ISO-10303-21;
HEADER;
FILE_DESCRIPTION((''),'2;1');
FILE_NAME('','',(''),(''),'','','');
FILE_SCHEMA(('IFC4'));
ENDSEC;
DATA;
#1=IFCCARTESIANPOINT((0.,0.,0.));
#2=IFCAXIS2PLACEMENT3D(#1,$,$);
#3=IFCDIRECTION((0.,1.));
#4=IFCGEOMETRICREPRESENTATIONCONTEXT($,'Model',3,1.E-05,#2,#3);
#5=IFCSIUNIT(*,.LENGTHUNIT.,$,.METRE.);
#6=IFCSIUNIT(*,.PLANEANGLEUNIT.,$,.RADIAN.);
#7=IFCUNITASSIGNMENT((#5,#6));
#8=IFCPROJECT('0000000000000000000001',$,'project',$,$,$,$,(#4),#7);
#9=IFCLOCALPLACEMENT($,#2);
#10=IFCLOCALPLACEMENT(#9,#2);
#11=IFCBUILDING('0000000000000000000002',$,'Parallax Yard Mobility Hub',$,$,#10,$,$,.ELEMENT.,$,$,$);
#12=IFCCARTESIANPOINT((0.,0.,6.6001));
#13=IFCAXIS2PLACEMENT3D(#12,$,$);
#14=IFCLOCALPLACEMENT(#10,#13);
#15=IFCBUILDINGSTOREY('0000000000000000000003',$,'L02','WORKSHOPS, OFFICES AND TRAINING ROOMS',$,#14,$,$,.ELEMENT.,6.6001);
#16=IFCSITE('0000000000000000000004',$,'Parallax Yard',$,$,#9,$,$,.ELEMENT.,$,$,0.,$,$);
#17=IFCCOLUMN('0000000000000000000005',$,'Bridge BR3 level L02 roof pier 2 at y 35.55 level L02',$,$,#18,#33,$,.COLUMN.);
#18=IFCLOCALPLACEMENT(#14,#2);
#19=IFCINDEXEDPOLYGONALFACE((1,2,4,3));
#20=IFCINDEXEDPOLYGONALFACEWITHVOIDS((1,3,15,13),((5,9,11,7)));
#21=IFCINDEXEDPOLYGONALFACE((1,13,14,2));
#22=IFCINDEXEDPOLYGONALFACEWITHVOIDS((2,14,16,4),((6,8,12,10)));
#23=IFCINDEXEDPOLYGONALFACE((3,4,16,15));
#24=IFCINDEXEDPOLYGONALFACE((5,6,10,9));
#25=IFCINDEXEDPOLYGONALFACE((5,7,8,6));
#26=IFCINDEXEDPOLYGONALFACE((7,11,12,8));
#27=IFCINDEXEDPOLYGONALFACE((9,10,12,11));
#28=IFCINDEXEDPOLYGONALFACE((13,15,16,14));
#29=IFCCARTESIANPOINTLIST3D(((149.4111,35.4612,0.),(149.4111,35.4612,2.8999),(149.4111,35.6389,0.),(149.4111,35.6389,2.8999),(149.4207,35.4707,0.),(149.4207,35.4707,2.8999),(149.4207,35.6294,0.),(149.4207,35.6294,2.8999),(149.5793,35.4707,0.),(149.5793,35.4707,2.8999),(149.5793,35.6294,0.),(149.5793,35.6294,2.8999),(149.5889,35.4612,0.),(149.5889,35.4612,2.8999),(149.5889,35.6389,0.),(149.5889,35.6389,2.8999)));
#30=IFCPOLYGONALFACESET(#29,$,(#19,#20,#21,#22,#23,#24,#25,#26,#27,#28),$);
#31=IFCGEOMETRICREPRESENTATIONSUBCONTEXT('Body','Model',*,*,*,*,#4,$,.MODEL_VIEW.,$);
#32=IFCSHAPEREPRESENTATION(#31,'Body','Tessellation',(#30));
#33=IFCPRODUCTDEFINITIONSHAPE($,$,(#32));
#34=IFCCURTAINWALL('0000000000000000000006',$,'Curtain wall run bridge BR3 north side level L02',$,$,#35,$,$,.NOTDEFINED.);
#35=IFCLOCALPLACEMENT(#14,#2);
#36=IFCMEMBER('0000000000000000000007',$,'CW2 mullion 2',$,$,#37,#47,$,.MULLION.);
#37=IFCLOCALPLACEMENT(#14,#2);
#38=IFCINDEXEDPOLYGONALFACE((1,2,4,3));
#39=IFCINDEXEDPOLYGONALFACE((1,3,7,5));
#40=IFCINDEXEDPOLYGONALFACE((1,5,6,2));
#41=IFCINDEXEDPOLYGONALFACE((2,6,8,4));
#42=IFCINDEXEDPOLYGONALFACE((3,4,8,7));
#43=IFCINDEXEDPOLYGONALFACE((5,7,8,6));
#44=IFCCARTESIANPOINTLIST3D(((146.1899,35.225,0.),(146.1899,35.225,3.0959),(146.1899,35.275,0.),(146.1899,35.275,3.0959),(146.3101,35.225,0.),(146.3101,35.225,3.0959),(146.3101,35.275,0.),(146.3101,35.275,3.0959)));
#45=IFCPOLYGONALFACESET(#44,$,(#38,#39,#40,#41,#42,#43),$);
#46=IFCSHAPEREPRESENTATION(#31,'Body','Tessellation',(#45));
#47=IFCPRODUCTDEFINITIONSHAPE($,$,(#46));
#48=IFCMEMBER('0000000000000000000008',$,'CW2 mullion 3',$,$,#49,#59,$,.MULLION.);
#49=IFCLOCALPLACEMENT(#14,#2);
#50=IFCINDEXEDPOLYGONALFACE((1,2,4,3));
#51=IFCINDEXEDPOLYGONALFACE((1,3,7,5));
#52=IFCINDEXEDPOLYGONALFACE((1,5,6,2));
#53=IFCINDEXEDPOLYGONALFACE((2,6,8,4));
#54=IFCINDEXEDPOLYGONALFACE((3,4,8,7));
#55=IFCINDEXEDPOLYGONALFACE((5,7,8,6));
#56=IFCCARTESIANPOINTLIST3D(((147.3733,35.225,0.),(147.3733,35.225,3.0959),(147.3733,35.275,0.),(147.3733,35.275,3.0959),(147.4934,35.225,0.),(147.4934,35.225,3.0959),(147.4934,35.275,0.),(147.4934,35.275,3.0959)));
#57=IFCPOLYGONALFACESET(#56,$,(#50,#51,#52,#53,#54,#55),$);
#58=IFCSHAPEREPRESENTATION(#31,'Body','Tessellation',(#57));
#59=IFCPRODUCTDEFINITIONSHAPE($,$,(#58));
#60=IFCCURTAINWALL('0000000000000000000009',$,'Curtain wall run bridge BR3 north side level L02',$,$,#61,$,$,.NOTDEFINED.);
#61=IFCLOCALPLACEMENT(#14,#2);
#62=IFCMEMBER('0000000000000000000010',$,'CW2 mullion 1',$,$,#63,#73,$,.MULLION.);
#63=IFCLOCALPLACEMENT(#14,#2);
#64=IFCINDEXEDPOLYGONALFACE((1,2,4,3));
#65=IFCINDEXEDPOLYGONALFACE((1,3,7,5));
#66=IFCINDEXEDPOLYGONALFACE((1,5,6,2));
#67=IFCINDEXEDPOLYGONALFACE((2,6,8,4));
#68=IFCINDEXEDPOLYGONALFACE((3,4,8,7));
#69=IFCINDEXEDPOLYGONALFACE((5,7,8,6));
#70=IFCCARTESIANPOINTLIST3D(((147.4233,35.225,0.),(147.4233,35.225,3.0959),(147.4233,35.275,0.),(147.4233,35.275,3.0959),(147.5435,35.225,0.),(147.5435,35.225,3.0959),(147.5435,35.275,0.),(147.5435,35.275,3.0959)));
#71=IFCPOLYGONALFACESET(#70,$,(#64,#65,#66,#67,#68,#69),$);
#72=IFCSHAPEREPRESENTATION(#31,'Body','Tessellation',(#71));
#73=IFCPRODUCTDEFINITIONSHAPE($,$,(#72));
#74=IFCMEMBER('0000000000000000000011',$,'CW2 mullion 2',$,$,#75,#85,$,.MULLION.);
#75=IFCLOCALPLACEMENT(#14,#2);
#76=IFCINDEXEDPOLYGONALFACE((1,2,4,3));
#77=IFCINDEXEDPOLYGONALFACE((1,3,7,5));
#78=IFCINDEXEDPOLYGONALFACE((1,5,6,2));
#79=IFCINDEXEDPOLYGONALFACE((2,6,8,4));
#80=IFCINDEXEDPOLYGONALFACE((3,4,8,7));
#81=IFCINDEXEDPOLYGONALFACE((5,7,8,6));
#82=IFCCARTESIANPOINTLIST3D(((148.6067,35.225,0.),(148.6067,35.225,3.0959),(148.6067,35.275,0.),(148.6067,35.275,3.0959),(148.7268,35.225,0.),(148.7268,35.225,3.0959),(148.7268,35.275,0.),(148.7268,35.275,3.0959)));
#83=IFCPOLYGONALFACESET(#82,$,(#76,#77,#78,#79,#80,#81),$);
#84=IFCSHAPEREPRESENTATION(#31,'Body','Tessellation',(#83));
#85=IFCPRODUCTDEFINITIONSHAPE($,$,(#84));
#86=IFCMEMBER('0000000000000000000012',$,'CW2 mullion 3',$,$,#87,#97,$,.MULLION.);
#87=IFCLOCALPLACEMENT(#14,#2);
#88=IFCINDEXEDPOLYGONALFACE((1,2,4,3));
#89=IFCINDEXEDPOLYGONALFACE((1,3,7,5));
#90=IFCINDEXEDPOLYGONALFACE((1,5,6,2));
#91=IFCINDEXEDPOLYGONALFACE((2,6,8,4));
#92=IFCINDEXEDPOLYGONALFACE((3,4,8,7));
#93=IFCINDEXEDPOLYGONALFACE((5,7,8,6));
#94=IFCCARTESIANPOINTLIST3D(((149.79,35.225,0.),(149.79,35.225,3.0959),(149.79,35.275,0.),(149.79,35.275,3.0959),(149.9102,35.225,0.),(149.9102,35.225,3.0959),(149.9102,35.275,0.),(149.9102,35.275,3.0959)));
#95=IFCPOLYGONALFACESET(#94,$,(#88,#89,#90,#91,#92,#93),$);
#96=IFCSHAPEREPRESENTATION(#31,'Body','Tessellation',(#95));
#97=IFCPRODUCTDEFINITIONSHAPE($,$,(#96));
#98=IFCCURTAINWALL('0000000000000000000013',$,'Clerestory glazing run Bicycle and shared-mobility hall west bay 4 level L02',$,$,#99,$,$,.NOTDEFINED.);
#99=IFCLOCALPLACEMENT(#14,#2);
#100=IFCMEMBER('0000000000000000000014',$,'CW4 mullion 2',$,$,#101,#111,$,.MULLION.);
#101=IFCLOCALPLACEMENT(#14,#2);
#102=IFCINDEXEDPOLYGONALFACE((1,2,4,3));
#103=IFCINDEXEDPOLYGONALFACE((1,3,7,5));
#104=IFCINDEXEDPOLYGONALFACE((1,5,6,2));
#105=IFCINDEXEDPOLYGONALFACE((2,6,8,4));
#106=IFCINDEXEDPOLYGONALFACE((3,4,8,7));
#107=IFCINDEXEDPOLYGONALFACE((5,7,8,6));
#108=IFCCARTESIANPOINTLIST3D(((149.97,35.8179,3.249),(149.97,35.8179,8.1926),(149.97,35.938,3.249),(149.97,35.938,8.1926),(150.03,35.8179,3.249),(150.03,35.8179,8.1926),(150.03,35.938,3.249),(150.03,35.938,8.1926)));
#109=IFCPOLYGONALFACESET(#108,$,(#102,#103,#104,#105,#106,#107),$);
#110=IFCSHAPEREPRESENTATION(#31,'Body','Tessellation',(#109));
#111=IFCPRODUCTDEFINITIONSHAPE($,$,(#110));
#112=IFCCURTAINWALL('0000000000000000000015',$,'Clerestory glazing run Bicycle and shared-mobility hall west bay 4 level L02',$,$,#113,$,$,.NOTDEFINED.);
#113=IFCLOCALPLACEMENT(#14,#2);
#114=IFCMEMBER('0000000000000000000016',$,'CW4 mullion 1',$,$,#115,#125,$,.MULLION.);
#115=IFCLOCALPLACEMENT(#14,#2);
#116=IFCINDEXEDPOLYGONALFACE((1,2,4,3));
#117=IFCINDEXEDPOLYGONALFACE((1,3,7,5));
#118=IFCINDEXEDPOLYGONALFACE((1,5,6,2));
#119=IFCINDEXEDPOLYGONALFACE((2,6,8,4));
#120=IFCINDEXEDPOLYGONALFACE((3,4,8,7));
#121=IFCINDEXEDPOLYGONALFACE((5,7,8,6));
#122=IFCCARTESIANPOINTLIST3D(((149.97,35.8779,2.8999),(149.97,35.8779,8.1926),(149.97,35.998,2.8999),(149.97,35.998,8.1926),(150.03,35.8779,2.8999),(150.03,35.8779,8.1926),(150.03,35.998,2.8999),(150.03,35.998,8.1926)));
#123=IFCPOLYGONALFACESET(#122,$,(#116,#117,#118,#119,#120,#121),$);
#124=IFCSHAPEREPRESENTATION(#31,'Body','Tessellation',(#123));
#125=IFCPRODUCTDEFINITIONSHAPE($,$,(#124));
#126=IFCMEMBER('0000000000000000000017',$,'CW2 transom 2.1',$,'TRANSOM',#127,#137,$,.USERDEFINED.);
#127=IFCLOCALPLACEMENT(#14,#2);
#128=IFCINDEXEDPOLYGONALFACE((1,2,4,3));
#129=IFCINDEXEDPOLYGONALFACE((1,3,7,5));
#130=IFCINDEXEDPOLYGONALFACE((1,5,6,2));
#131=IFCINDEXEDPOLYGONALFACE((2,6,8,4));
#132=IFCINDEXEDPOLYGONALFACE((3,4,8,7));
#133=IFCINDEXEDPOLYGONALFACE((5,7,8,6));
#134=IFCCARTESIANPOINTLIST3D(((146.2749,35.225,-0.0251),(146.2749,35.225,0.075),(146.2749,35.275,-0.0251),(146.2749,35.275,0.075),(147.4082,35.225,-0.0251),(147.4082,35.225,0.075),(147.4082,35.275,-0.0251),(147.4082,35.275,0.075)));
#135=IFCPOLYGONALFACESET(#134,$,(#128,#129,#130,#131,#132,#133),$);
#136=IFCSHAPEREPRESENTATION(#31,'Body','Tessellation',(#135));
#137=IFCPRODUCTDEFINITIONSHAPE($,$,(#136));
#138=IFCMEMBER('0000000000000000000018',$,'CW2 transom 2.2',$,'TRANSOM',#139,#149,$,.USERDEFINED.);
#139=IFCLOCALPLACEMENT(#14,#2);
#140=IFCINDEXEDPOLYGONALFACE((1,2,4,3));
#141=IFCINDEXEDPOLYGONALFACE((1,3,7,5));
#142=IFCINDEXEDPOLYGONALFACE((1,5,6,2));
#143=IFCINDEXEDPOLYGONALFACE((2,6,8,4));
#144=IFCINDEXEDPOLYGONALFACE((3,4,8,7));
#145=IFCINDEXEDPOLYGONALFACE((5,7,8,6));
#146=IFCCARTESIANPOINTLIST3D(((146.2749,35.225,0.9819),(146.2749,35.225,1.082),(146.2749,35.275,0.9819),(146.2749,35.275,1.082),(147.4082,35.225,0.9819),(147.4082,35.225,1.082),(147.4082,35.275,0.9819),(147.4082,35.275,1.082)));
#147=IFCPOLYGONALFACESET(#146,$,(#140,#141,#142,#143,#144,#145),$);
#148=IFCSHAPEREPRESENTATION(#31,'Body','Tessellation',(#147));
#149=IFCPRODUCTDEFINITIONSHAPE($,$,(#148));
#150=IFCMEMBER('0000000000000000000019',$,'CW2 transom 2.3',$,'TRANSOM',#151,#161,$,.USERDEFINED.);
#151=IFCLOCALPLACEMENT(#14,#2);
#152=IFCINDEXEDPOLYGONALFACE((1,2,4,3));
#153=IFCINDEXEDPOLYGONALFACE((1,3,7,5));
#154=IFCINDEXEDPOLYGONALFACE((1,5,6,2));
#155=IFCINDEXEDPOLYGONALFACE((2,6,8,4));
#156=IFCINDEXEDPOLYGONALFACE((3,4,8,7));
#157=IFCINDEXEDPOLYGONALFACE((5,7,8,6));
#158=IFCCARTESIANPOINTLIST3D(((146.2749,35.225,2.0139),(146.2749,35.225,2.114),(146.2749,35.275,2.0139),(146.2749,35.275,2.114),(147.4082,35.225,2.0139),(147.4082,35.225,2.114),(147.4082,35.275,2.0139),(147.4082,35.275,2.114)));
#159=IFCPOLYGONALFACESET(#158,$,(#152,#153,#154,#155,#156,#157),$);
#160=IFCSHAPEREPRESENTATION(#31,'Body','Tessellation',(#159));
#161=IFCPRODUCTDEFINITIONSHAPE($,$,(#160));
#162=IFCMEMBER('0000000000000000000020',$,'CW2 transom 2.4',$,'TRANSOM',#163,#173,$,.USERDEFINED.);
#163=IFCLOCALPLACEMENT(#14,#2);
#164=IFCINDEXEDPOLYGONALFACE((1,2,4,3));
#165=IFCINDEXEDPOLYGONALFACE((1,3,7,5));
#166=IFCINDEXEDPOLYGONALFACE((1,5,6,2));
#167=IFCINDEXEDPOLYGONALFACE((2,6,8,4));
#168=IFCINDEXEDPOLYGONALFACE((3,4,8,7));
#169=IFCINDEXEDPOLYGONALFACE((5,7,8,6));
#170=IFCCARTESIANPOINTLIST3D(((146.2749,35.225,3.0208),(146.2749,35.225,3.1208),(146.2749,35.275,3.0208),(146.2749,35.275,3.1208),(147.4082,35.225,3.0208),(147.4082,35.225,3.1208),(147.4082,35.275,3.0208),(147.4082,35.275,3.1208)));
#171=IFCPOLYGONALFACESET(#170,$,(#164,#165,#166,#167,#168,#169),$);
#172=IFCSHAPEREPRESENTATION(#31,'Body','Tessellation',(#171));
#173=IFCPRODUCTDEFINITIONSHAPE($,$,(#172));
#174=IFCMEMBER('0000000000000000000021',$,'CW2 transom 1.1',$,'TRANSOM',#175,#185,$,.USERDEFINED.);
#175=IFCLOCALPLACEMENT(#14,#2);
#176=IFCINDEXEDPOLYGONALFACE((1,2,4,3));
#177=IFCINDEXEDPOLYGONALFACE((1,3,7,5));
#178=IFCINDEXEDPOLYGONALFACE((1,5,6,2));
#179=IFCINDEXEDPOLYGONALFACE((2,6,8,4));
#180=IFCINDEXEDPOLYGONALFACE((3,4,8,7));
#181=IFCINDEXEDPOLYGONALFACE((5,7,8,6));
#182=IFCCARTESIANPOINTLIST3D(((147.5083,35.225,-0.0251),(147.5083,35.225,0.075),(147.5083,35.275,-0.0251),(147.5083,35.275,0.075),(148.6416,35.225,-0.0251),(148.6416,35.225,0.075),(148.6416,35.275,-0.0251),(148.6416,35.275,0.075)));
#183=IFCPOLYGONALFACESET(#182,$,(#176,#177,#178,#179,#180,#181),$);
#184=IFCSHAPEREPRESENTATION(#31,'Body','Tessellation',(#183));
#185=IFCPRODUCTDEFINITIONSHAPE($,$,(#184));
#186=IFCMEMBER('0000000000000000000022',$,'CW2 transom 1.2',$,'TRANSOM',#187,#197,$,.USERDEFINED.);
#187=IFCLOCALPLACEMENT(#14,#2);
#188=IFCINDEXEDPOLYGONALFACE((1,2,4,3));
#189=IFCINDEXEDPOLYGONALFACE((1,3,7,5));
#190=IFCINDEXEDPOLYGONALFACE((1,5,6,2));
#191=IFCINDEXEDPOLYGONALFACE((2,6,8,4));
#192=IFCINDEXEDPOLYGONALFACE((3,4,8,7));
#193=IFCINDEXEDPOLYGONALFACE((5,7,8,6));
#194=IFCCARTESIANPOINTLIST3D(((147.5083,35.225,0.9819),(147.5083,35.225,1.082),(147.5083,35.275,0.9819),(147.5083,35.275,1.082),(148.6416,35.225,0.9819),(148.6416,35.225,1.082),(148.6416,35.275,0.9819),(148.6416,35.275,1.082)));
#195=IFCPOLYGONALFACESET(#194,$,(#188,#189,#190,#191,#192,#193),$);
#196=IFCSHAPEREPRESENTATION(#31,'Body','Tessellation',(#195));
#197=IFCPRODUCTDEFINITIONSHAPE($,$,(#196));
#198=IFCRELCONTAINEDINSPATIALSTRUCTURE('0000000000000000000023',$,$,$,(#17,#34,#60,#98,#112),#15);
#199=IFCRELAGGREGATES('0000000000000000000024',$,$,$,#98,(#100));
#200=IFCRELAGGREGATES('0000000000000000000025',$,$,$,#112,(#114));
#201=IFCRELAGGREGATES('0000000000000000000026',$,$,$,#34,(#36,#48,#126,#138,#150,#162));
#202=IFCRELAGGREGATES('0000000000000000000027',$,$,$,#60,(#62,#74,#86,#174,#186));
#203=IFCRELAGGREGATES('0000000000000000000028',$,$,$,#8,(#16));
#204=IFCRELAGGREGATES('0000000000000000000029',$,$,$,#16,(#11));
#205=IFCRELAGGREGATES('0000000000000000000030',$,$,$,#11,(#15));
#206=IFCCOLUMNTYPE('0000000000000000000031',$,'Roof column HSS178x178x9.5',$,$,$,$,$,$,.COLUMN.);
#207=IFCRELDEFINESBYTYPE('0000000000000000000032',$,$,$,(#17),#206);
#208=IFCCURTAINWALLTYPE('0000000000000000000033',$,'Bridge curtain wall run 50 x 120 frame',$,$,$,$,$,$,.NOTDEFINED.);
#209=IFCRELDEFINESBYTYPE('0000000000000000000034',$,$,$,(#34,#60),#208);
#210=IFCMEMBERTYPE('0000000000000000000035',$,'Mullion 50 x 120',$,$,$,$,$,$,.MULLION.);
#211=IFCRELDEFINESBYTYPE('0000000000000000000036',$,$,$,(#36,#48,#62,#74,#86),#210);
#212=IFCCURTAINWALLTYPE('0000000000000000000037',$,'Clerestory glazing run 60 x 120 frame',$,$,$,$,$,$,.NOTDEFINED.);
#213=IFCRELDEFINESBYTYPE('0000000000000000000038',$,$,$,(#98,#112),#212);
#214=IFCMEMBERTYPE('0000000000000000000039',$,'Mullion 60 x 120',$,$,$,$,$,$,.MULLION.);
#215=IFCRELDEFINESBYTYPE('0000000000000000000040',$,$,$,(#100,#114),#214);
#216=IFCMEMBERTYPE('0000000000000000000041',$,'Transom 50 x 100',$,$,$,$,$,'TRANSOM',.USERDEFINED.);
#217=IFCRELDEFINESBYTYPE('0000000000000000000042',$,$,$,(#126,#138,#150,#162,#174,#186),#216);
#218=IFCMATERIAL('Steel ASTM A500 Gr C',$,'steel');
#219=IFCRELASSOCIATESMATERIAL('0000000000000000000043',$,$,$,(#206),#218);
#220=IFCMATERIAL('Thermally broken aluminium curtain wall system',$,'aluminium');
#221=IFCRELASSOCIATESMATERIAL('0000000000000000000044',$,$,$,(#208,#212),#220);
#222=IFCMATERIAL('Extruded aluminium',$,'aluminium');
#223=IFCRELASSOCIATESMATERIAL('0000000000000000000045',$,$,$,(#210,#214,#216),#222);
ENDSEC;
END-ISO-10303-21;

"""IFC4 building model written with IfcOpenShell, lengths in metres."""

from ifc_helpers import new_model, si_unit, direction, frame, origin, origin_2d, place, context, subcontext, project, spatial, rectangle, hollow_rectangle, extrude, material, material_profile, profile_set, type_object, element, aggregate, save


model = new_model("IFC4")

# Units and contexts
model_context = context("Model", 3, precision=1e-05, world=origin(), true_north=direction((0.0, 1.0)))
body_context = subcontext(model_context, "Body", "Model", "MODEL_VIEW")
ifc_project = project(units=[si_unit("LENGTHUNIT", "METRE"), si_unit("PLANEANGLEUNIT", "RADIAN")], contexts=[model_context])

# Site, building, storey
site_placement = place(None, origin())
site = spatial("IfcSite", under=ifc_project, at=site_placement, Name="Parallax Yard", CompositionType="ELEMENT", RefElevation=0.0)
building_placement = place(site_placement, origin())
building = spatial("IfcBuilding", under=site, at=building_placement, Name="Parallax Yard Mobility Hub", CompositionType="ELEMENT")
storey_placement = place(building_placement, frame((0.0, 0.0, 6.6001)))
storey = spatial("IfcBuildingStorey", under=building, at=storey_placement, Name="L02", Description="WORKSHOPS, OFFICES AND TRAINING ROOMS", CompositionType="ELEMENT", Elevation=6.6001)

# Column
ifc_material_1 = material(Name="Steel ASTM A500 Gr C", Category="steel")
ifc_material_profile_1 = material_profile(ifc_material_1, hollow_rectangle(XDim=0.1777, YDim=0.1777, WallThickness=0.0095, at=origin_2d()), Name="HSS178x178x9.5")
ifc_profile_set_1 = profile_set([ifc_material_profile_1], Name="Steel ASTM A500 Gr C")
column_type = type_object("IfcColumnType", Name="Roof column HSS178x178x9.5", PredefinedType="COLUMN", material=ifc_profile_set_1)
column_placement = place(storey_placement, frame((149.5, 35.55, 0.0), z_axis=(0.0, 0.0, 1.0), x_axis=(1.0, 0.0, 0.0)))
element("IfcColumn", 1, at=column_placement, inside=storey, type_object=column_type, Name="Bridge BR3 level L02 roof pier 2 at y 35.55 level L02", PredefinedType="COLUMN", context=body_context, shape_type="SweptSolid", body=[
    extrude(hollow_rectangle(XDim=0.1777, YDim=0.1777, WallThickness=0.0095, at=origin_2d()), origin(), (0.0, 0.0, 1.0), 2.8999),
])

# Curtain walls, members
ifc_material_2 = material(Name="Thermally broken aluminium curtain wall system", Category="aluminium")
curtain_wall_type_1 = type_object("IfcCurtainWallType", Name="Bridge curtain wall run 50 x 120 frame", PredefinedType="NOTDEFINED", material=ifc_material_2)
curtain_wall_1_placement = place(storey_placement, origin())
curtain_wall_1 = element("IfcCurtainWall", 2, at=curtain_wall_1_placement, inside=storey, type_object=curtain_wall_type_1, Name="Curtain wall run bridge BR3 north side level L02", PredefinedType="NOTDEFINED")
ifc_material_3 = material(Name="Extruded aluminium", Category="aluminium")
ifc_material_profile_2 = material_profile(ifc_material_3, rectangle(XDim=0.05, YDim=0.1201, at=origin_2d()), Name="Mullion 50 x 120")
ifc_profile_set_2 = profile_set([ifc_material_profile_2], Name="Extruded aluminium")
member_type_1 = type_object("IfcMemberType", Name="Mullion 50 x 120", PredefinedType="MULLION", material=ifc_profile_set_2)
member_1_placement = place(storey_placement, frame((146.25, 35.25, 0.0), z_axis=(0.0, 0.0, 1.0), x_axis=(0.0, 1.0, 0.0)))
member_1 = element("IfcMember", 3, at=member_1_placement, type_object=member_type_1, Name="CW2 mullion 2", PredefinedType="MULLION", context=body_context, shape_type="SweptSolid", body=[
    extrude(rectangle(XDim=0.05, YDim=0.1201, at=origin_2d()), origin(), (0.0, 0.0, 1.0), 3.0959),
])
member_2_placement = place(storey_placement, frame((147.4333, 35.25, 0.0), z_axis=(0.0, 0.0, 1.0), x_axis=(0.0, 1.0, 0.0)))
member_2 = element("IfcMember", 4, at=member_2_placement, type_object=member_type_1, Name="CW2 mullion 3", PredefinedType="MULLION", context=body_context, shape_type="SweptSolid", body=[
    extrude(rectangle(XDim=0.05, YDim=0.1201, at=origin_2d()), origin(), (0.0, 0.0, 1.0), 3.0959),
])
curtain_wall_2_placement = place(storey_placement, origin())
curtain_wall_2 = element("IfcCurtainWall", 5, at=curtain_wall_2_placement, inside=storey, type_object=curtain_wall_type_1, Name="Curtain wall run bridge BR3 north side level L02", PredefinedType="NOTDEFINED")
member_3_placement = place(storey_placement, frame((147.4834, 35.25, 0.0), z_axis=(0.0, 0.0, 1.0), x_axis=(0.0, 1.0, 0.0)))
member_3 = element("IfcMember", 6, at=member_3_placement, type_object=member_type_1, Name="CW2 mullion 1", PredefinedType="MULLION", context=body_context, shape_type="SweptSolid", body=[
    extrude(rectangle(XDim=0.05, YDim=0.1201, at=origin_2d()), origin(), (0.0, 0.0, 1.0), 3.0959),
])
member_4_placement = place(storey_placement, frame((148.6667, 35.25, 0.0), z_axis=(0.0, 0.0, 1.0), x_axis=(0.0, 1.0, 0.0)))
member_4 = element("IfcMember", 7, at=member_4_placement, type_object=member_type_1, Name="CW2 mullion 2", PredefinedType="MULLION", context=body_context, shape_type="SweptSolid", body=[
    extrude(rectangle(XDim=0.05, YDim=0.1201, at=origin_2d()), origin(), (0.0, 0.0, 1.0), 3.0959),
])
member_5_placement = place(storey_placement, frame((149.8501, 35.25, 0.0), z_axis=(0.0, 0.0, 1.0), x_axis=(0.0, 1.0, 0.0)))
member_5 = element("IfcMember", 8, at=member_5_placement, type_object=member_type_1, Name="CW2 mullion 3", PredefinedType="MULLION", context=body_context, shape_type="SweptSolid", body=[
    extrude(rectangle(XDim=0.05, YDim=0.1201, at=origin_2d()), origin(), (0.0, 0.0, 1.0), 3.0959),
])

# Curtain walls, members
curtain_wall_type_2 = type_object("IfcCurtainWallType", Name="Clerestory glazing run 60 x 120 frame", PredefinedType="NOTDEFINED", material=ifc_material_2)
curtain_wall_3_placement = place(storey_placement, origin())
curtain_wall_3 = element("IfcCurtainWall", 9, at=curtain_wall_3_placement, inside=storey, type_object=curtain_wall_type_2, Name="Clerestory glazing run Bicycle and shared-mobility hall west bay 4 level L02", PredefinedType="NOTDEFINED")
ifc_material_profile_3 = material_profile(ifc_material_3, rectangle(XDim=0.0601, YDim=0.1201, at=origin_2d()), Name="Mullion 60 x 120")
ifc_profile_set_3 = profile_set([ifc_material_profile_3], Name="Extruded aluminium")
member_type_2 = type_object("IfcMemberType", Name="Mullion 60 x 120", PredefinedType="MULLION", material=ifc_profile_set_3)
member_6_placement = place(storey_placement, frame((150.0, 35.8779, 3.249), z_axis=(0.0, 0.0, 1.0), x_axis=(-1.0, 0.0, 0.0)))
member_6 = element("IfcMember", 10, at=member_6_placement, type_object=member_type_2, Name="CW4 mullion 2", PredefinedType="MULLION", context=body_context, shape_type="SweptSolid", body=[
    extrude(rectangle(XDim=0.0601, YDim=0.1201, at=origin_2d()), origin(), (0.0, 0.0, 1.0), 4.9436),
])
aggregate(curtain_wall_3, [member_6])
curtain_wall_4_placement = place(storey_placement, origin())
curtain_wall_4 = element("IfcCurtainWall", 11, at=curtain_wall_4_placement, inside=storey, type_object=curtain_wall_type_2, Name="Clerestory glazing run Bicycle and shared-mobility hall west bay 4 level L02", PredefinedType="NOTDEFINED")
member_7_placement = place(storey_placement, frame((150.0, 35.938, 2.8999), z_axis=(0.0, 0.0, 1.0), x_axis=(-1.0, 0.0, 0.0)))
member_7 = element("IfcMember", 12, at=member_7_placement, type_object=member_type_2, Name="CW4 mullion 1", PredefinedType="MULLION", context=body_context, shape_type="SweptSolid", body=[
    extrude(rectangle(XDim=0.0601, YDim=0.1201, at=origin_2d()), origin(), (0.0, 0.0, 1.0), 5.2927),
])
aggregate(curtain_wall_4, [member_7])

# Members
ifc_material_profile_4 = material_profile(ifc_material_3, rectangle(XDim=0.05, YDim=0.1001, at=origin_2d()), Name="Transom 50 x 100")
ifc_profile_set_4 = profile_set([ifc_material_profile_4], Name="Extruded aluminium")
member_type_3 = type_object("IfcMemberType", Name="Transom 50 x 100", ElementType="TRANSOM", PredefinedType="USERDEFINED", material=ifc_profile_set_4)
member_8_placement = place(storey_placement, frame((146.2749, 35.25, 0.0249), z_axis=(1.0, 0.0, 0.0), x_axis=(0.0, 1.0, 0.0)))
member_8 = element("IfcMember", 13, at=member_8_placement, type_object=member_type_3, Name="CW2 transom 2.1", ObjectType="TRANSOM", PredefinedType="USERDEFINED", context=body_context, shape_type="SweptSolid", body=[
    extrude(rectangle(XDim=0.05, YDim=0.1001, at=origin_2d()), origin(), (0.0, 0.0, 1.0), 1.1333),
])
member_9_placement = place(storey_placement, frame((146.2749, 35.25, 1.032), z_axis=(1.0, 0.0, 0.0), x_axis=(0.0, 1.0, 0.0)))
member_9 = element("IfcMember", 14, at=member_9_placement, type_object=member_type_3, Name="CW2 transom 2.2", ObjectType="TRANSOM", PredefinedType="USERDEFINED", context=body_context, shape_type="SweptSolid", body=[
    extrude(rectangle(XDim=0.05, YDim=0.1001, at=origin_2d()), origin(), (0.0, 0.0, 1.0), 1.1333),
])
member_10_placement = place(storey_placement, frame((146.2749, 35.25, 2.064), z_axis=(1.0, 0.0, 0.0), x_axis=(0.0, 1.0, 0.0)))
member_10 = element("IfcMember", 15, at=member_10_placement, type_object=member_type_3, Name="CW2 transom 2.3", ObjectType="TRANSOM", PredefinedType="USERDEFINED", context=body_context, shape_type="SweptSolid", body=[
    extrude(rectangle(XDim=0.05, YDim=0.1001, at=origin_2d()), origin(), (0.0, 0.0, 1.0), 1.1333),
])
member_11_placement = place(storey_placement, frame((146.2749, 35.25, 3.0708), z_axis=(1.0, 0.0, 0.0), x_axis=(0.0, 1.0, 0.0)))
member_11 = element("IfcMember", 16, at=member_11_placement, type_object=member_type_3, Name="CW2 transom 2.4", ObjectType="TRANSOM", PredefinedType="USERDEFINED", context=body_context, shape_type="SweptSolid", body=[
    extrude(rectangle(XDim=0.05, YDim=0.1001, at=origin_2d()), origin(), (0.0, 0.0, 1.0), 1.1333),
])
member_12_placement = place(storey_placement, frame((147.5083, 35.25, 0.0249), z_axis=(1.0, 0.0, 0.0), x_axis=(0.0, 1.0, 0.0)))
member_12 = element("IfcMember", 17, at=member_12_placement, type_object=member_type_3, Name="CW2 transom 1.1", ObjectType="TRANSOM", PredefinedType="USERDEFINED", context=body_context, shape_type="SweptSolid", body=[
    extrude(rectangle(XDim=0.05, YDim=0.1001, at=origin_2d()), origin(), (0.0, 0.0, 1.0), 1.1333),
])
member_13_placement = place(storey_placement, frame((147.5083, 35.25, 1.032), z_axis=(1.0, 0.0, 0.0), x_axis=(0.0, 1.0, 0.0)))
member_13 = element("IfcMember", 18, at=member_13_placement, type_object=member_type_3, Name="CW2 transom 1.2", ObjectType="TRANSOM", PredefinedType="USERDEFINED", context=body_context, shape_type="SweptSolid", body=[
    extrude(rectangle(XDim=0.05, YDim=0.1001, at=origin_2d()), origin(), (0.0, 0.0, 1.0), 1.1333),
])

aggregate(curtain_wall_1, [member_1, member_2, member_8, member_9, member_10, member_11])
aggregate(curtain_wall_2, [member_3, member_4, member_5, member_12, member_13])

save(model, "model.ifc")
